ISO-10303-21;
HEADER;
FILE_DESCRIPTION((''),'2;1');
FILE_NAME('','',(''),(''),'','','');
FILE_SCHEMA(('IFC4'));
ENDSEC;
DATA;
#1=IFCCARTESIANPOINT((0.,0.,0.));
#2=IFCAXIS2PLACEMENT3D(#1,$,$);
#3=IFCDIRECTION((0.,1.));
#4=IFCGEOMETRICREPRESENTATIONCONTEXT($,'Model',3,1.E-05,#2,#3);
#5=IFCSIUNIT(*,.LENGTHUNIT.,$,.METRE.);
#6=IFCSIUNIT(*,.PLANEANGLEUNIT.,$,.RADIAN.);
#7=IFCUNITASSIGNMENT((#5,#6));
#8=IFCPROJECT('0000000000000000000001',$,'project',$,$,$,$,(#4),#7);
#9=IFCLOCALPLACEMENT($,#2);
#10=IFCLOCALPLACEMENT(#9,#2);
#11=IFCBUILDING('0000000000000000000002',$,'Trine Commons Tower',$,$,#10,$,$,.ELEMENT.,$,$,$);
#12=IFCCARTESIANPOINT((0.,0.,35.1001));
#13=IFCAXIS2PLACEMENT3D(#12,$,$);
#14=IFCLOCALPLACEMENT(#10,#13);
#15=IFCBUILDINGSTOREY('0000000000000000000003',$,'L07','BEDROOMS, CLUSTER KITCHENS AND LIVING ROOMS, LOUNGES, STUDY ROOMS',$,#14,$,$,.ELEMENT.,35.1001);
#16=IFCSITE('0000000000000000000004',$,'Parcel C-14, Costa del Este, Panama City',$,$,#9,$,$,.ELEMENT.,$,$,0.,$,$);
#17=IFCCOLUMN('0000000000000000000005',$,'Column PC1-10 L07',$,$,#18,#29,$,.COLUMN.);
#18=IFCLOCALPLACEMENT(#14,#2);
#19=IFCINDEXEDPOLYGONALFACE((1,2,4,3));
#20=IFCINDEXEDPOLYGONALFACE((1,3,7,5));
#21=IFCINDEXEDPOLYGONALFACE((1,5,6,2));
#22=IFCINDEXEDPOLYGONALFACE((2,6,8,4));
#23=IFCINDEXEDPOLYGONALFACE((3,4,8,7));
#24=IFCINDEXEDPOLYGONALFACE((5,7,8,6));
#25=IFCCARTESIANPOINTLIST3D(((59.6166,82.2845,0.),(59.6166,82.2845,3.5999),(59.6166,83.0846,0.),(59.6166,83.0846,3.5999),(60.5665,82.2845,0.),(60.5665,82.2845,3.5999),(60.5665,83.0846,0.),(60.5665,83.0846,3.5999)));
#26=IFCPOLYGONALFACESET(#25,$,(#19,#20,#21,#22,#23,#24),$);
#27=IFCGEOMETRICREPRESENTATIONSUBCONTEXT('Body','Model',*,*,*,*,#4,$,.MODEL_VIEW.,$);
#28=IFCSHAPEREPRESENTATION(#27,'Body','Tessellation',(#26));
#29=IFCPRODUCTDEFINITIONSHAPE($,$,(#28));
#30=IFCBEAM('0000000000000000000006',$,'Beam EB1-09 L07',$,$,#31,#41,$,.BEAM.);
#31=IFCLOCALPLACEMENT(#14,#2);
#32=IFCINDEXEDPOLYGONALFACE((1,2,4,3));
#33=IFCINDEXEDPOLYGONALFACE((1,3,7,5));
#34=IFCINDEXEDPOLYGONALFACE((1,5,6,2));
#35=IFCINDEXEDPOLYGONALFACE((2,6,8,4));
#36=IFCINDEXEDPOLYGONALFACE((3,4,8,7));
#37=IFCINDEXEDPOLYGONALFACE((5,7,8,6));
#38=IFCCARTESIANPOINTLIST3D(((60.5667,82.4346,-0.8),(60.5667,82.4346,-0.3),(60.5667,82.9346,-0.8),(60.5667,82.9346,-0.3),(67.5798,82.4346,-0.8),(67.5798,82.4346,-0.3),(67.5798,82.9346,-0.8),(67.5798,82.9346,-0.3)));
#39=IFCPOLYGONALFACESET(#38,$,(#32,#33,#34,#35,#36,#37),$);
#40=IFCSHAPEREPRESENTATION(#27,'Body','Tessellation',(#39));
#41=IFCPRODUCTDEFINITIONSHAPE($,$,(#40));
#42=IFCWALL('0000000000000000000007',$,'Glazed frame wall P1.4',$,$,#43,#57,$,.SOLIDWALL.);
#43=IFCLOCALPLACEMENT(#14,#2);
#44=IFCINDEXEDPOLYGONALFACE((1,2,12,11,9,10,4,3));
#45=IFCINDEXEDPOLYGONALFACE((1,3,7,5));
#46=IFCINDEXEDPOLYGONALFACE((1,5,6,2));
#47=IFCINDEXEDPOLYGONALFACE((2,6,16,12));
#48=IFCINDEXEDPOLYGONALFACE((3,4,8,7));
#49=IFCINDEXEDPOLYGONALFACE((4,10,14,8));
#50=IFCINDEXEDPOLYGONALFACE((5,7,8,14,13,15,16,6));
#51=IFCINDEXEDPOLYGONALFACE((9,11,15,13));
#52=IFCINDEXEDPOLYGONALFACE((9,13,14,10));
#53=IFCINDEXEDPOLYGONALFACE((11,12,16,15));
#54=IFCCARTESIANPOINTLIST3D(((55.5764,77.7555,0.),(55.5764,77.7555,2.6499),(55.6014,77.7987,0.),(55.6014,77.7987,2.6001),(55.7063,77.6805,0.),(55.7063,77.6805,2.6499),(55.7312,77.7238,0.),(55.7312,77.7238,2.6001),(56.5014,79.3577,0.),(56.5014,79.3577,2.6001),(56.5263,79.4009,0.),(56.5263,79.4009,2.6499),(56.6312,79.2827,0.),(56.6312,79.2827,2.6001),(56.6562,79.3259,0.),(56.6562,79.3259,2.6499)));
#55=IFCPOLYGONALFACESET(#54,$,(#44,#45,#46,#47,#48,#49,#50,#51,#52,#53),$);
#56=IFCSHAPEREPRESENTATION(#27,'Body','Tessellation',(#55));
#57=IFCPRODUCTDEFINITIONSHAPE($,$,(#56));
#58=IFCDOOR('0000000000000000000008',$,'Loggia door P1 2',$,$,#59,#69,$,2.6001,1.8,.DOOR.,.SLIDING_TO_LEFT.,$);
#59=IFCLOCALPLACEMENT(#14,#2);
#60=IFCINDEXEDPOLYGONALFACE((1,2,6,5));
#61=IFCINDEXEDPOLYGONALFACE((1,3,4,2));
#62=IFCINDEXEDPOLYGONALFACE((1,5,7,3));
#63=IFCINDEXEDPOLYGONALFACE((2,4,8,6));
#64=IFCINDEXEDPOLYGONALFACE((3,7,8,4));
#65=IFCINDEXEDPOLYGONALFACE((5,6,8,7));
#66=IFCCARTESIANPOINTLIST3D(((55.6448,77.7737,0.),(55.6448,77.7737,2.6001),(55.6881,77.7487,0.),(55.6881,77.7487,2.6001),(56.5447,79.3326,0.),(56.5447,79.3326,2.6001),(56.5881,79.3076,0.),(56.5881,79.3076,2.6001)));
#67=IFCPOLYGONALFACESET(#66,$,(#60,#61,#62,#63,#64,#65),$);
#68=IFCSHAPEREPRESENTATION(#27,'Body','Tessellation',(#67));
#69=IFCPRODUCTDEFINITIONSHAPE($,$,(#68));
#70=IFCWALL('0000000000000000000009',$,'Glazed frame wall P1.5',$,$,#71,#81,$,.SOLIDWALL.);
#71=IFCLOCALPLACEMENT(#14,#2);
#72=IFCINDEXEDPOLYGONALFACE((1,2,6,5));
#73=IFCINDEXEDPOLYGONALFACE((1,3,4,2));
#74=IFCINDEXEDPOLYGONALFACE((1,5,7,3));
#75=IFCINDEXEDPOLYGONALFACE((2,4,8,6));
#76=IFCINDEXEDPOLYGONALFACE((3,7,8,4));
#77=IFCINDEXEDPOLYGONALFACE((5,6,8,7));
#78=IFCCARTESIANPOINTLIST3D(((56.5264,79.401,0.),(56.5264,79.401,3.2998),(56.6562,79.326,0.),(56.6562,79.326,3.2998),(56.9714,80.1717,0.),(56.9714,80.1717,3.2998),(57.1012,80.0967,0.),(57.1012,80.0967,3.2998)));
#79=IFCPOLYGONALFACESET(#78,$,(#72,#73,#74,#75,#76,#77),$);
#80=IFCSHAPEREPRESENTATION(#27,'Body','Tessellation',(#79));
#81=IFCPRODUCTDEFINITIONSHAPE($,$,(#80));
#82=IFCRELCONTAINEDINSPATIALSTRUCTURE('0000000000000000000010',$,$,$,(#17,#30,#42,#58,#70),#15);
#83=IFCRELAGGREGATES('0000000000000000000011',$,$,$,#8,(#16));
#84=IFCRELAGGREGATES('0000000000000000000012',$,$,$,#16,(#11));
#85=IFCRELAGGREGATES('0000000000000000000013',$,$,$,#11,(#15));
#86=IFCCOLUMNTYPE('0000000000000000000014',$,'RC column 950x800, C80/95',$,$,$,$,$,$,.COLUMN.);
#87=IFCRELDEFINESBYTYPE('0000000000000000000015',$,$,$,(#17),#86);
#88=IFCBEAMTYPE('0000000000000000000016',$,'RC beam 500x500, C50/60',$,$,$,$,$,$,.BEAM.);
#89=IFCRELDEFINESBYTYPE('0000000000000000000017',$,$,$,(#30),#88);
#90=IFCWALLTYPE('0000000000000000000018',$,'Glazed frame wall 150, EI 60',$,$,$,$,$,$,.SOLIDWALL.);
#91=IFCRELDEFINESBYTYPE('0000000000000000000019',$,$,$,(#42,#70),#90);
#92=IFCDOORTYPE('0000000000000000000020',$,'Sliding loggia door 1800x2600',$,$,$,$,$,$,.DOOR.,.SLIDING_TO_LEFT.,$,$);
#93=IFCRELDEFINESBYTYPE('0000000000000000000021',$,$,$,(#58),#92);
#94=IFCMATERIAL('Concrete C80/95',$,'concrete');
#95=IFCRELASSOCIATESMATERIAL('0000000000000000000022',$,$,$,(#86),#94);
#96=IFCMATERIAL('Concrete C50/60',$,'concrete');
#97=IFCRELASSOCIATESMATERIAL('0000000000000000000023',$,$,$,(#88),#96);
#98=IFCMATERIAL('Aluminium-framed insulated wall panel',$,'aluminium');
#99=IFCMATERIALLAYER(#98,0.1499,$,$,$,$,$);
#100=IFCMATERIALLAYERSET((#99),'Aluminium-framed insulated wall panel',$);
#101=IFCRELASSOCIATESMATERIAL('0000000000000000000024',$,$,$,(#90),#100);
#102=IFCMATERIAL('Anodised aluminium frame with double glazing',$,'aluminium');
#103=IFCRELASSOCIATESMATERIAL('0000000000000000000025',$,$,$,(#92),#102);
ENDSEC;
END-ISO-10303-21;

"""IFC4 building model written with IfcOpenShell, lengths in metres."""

from ifc_helpers import new_model, si_unit, direction, frame, frame_2d, origin, origin_2d, place, context, subcontext, project, spatial, polyline, rectangle, outline, extrude, material, layer, layer_set, material_profile, profile_set, type_object, element, fill, save


model = new_model("IFC4")

# Units and contexts
model_context = context("Model", 3, precision=1e-05, world=origin(), true_north=direction((0.0, 1.0)))
body_context = subcontext(model_context, "Body", "Model", "MODEL_VIEW")
ifc_project = project(units=[si_unit("LENGTHUNIT", "METRE"), si_unit("PLANEANGLEUNIT", "RADIAN")], contexts=[model_context])

# Site, building, storey
site_placement = place(None, origin())
site = spatial("IfcSite", under=ifc_project, at=site_placement, Name="Parcel C-14, Costa del Este, Panama City", CompositionType="ELEMENT", RefElevation=0.0)
building_placement = place(site_placement, origin())
building = spatial("IfcBuilding", under=site, at=building_placement, Name="Trine Commons Tower", CompositionType="ELEMENT")
storey_placement = place(building_placement, frame((0.0, 0.0, 35.1001)))
storey = spatial("IfcBuildingStorey", under=building, at=storey_placement, Name="L07", Description="BEDROOMS, CLUSTER KITCHENS AND LIVING ROOMS, LOUNGES, STUDY ROOMS", CompositionType="ELEMENT", Elevation=35.1001)

# Column
ifc_material_1 = material(Name="Concrete C80/95", Category="concrete")
ifc_material_profile_1 = material_profile(ifc_material_1, rectangle(XDim=0.95, YDim=0.8, at=origin_2d()), Name="RC 950x800")
ifc_profile_set_1 = profile_set([ifc_material_profile_1], Name="Concrete C80/95")
column_type = type_object("IfcColumnType", Name="RC column 950x800, C80/95", PredefinedType="COLUMN", material=ifc_profile_set_1)
column_placement = place(storey_placement, frame((60.0916, 82.6846, 0.0), z_axis=(0.0, 0.0, 1.0), x_axis=(1.0, 0.0, 0.0)))
element("IfcColumn", 1, at=column_placement, inside=storey, type_object=column_type, Name="Column PC1-10 L07", PredefinedType="COLUMN", context=body_context, shape_type="SweptSolid", body=[
    extrude(rectangle(XDim=0.95, YDim=0.8, at=origin_2d()), origin(), (0.0, 0.0, 1.0), 3.5999),
])

# Beam
ifc_material_2 = material(Name="Concrete C50/60", Category="concrete")
ifc_material_profile_2 = material_profile(ifc_material_2, rectangle(XDim=0.5, YDim=0.5, at=origin_2d()), Name="RC 500x500")
ifc_profile_set_2 = profile_set([ifc_material_profile_2], Name="Concrete C50/60")
beam_type = type_object("IfcBeamType", Name="RC beam 500x500, C50/60", PredefinedType="BEAM", material=ifc_profile_set_2)
beam_placement = place(storey_placement, frame((60.5667, 82.6846, -0.55), z_axis=(1.0, 0.0, 0.0), x_axis=(0.0, 1.0, 0.0)))
element("IfcBeam", 2, at=beam_placement, inside=storey, type_object=beam_type, Name="Beam EB1-09 L07", PredefinedType="BEAM", context=body_context, shape_type="SweptSolid", body=[
    extrude(rectangle(XDim=0.5, YDim=0.5, at=origin_2d()), origin(), (0.0, 0.0, 1.0), 7.0132),
])

# Wall, opening, door
ifc_material_3 = material(Name="Aluminium-framed insulated wall panel", Category="aluminium")
ifc_layer = layer(ifc_material_3, 0.1499)
ifc_layer_set = layer_set([ifc_layer], Name="Aluminium-framed insulated wall panel")
wall_type = type_object("IfcWallType", Name="Glazed frame wall 150, EI 60", PredefinedType="SOLIDWALL", material=ifc_layer_set)
wall_1_placement = place(storey_placement, frame((55.6414, 77.718, 0.0), z_axis=(0.0, 0.0, 1.0), x_axis=(0.499967, 0.866044, 0.0)))
wall_1 = element("IfcWall", 3, at=wall_1_placement, inside=storey, type_object=wall_type, Name="Glazed frame wall P1.4", PredefinedType="SOLIDWALL", context=body_context, shape_type="SweptSolid", body=[
    extrude(outline(polyline([(0.0, -0.075), (1.8999, -0.075), (1.8999, 0.075), (0.0, 0.075), (0.0, -0.075)])), origin(), (0.0, 0.0, 1.0), 2.6499),
])
opening_1_placement = place(wall_1_placement, frame((0.05, 0.0, 0.0)))
opening_1 = element("IfcOpeningElement", 4, at=opening_1_placement, cuts=wall_1, PredefinedType="OPENING", context=body_context, shape_type="SweptSolid", body=[
    extrude(rectangle(XDim=1.8, YDim=2.6001, at=frame_2d((0.8999, 1.3))), frame((0.0, 0.085, 0.0), z_axis=(0.0, -1.0, 0.0), x_axis=(1.0, 0.0, 0.0)), (0.0, 0.0, 1.0), 0.1699),
])
ifc_material_4 = material(Name="Anodised aluminium frame with double glazing", Category="aluminium")
door_type = type_object("IfcDoorType", Name="Sliding loggia door 1800x2600", OperationType="SLIDING_TO_LEFT", PredefinedType="DOOR", material=ifc_material_4)
door_1_placement = place(opening_1_placement, origin())
door_1 = element("IfcDoor", 5, at=door_1_placement, inside=storey, type_object=door_type, Name="Loggia door P1 2", OperationType="SLIDING_TO_LEFT", OverallHeight=2.6001, OverallWidth=1.8, PredefinedType="DOOR", context=body_context, shape_type="SweptSolid", body=[
    extrude(rectangle(XDim=1.8, YDim=2.6001, at=frame_2d((0.8999, 1.3))), frame((0.0, 0.0249, 0.0), z_axis=(0.0, -1.0, 0.0), x_axis=(1.0, 0.0, 0.0)), (0.0, 0.0, 1.0), 0.05),
])
fill(opening_1, door_1)

# Wall
wall_2_placement = place(storey_placement, frame((56.5913, 79.3635, 0.0), z_axis=(0.0, 0.0, 1.0), x_axis=(0.500025, 0.866011, 0.0)))
element("IfcWall", 6, at=wall_2_placement, inside=storey, type_object=wall_type, Name="Glazed frame wall P1.5", PredefinedType="SOLIDWALL", context=body_context, shape_type="SweptSolid", body=[
    extrude(outline(polyline([(0.8899, 0.075), (0.0, 0.075), (0.0, -0.075), (0.8899, -0.075), (0.8899, 0.075)])), origin(), (0.0, 0.0, 1.0), 3.2998),
])

save(model, "model.ifc")
